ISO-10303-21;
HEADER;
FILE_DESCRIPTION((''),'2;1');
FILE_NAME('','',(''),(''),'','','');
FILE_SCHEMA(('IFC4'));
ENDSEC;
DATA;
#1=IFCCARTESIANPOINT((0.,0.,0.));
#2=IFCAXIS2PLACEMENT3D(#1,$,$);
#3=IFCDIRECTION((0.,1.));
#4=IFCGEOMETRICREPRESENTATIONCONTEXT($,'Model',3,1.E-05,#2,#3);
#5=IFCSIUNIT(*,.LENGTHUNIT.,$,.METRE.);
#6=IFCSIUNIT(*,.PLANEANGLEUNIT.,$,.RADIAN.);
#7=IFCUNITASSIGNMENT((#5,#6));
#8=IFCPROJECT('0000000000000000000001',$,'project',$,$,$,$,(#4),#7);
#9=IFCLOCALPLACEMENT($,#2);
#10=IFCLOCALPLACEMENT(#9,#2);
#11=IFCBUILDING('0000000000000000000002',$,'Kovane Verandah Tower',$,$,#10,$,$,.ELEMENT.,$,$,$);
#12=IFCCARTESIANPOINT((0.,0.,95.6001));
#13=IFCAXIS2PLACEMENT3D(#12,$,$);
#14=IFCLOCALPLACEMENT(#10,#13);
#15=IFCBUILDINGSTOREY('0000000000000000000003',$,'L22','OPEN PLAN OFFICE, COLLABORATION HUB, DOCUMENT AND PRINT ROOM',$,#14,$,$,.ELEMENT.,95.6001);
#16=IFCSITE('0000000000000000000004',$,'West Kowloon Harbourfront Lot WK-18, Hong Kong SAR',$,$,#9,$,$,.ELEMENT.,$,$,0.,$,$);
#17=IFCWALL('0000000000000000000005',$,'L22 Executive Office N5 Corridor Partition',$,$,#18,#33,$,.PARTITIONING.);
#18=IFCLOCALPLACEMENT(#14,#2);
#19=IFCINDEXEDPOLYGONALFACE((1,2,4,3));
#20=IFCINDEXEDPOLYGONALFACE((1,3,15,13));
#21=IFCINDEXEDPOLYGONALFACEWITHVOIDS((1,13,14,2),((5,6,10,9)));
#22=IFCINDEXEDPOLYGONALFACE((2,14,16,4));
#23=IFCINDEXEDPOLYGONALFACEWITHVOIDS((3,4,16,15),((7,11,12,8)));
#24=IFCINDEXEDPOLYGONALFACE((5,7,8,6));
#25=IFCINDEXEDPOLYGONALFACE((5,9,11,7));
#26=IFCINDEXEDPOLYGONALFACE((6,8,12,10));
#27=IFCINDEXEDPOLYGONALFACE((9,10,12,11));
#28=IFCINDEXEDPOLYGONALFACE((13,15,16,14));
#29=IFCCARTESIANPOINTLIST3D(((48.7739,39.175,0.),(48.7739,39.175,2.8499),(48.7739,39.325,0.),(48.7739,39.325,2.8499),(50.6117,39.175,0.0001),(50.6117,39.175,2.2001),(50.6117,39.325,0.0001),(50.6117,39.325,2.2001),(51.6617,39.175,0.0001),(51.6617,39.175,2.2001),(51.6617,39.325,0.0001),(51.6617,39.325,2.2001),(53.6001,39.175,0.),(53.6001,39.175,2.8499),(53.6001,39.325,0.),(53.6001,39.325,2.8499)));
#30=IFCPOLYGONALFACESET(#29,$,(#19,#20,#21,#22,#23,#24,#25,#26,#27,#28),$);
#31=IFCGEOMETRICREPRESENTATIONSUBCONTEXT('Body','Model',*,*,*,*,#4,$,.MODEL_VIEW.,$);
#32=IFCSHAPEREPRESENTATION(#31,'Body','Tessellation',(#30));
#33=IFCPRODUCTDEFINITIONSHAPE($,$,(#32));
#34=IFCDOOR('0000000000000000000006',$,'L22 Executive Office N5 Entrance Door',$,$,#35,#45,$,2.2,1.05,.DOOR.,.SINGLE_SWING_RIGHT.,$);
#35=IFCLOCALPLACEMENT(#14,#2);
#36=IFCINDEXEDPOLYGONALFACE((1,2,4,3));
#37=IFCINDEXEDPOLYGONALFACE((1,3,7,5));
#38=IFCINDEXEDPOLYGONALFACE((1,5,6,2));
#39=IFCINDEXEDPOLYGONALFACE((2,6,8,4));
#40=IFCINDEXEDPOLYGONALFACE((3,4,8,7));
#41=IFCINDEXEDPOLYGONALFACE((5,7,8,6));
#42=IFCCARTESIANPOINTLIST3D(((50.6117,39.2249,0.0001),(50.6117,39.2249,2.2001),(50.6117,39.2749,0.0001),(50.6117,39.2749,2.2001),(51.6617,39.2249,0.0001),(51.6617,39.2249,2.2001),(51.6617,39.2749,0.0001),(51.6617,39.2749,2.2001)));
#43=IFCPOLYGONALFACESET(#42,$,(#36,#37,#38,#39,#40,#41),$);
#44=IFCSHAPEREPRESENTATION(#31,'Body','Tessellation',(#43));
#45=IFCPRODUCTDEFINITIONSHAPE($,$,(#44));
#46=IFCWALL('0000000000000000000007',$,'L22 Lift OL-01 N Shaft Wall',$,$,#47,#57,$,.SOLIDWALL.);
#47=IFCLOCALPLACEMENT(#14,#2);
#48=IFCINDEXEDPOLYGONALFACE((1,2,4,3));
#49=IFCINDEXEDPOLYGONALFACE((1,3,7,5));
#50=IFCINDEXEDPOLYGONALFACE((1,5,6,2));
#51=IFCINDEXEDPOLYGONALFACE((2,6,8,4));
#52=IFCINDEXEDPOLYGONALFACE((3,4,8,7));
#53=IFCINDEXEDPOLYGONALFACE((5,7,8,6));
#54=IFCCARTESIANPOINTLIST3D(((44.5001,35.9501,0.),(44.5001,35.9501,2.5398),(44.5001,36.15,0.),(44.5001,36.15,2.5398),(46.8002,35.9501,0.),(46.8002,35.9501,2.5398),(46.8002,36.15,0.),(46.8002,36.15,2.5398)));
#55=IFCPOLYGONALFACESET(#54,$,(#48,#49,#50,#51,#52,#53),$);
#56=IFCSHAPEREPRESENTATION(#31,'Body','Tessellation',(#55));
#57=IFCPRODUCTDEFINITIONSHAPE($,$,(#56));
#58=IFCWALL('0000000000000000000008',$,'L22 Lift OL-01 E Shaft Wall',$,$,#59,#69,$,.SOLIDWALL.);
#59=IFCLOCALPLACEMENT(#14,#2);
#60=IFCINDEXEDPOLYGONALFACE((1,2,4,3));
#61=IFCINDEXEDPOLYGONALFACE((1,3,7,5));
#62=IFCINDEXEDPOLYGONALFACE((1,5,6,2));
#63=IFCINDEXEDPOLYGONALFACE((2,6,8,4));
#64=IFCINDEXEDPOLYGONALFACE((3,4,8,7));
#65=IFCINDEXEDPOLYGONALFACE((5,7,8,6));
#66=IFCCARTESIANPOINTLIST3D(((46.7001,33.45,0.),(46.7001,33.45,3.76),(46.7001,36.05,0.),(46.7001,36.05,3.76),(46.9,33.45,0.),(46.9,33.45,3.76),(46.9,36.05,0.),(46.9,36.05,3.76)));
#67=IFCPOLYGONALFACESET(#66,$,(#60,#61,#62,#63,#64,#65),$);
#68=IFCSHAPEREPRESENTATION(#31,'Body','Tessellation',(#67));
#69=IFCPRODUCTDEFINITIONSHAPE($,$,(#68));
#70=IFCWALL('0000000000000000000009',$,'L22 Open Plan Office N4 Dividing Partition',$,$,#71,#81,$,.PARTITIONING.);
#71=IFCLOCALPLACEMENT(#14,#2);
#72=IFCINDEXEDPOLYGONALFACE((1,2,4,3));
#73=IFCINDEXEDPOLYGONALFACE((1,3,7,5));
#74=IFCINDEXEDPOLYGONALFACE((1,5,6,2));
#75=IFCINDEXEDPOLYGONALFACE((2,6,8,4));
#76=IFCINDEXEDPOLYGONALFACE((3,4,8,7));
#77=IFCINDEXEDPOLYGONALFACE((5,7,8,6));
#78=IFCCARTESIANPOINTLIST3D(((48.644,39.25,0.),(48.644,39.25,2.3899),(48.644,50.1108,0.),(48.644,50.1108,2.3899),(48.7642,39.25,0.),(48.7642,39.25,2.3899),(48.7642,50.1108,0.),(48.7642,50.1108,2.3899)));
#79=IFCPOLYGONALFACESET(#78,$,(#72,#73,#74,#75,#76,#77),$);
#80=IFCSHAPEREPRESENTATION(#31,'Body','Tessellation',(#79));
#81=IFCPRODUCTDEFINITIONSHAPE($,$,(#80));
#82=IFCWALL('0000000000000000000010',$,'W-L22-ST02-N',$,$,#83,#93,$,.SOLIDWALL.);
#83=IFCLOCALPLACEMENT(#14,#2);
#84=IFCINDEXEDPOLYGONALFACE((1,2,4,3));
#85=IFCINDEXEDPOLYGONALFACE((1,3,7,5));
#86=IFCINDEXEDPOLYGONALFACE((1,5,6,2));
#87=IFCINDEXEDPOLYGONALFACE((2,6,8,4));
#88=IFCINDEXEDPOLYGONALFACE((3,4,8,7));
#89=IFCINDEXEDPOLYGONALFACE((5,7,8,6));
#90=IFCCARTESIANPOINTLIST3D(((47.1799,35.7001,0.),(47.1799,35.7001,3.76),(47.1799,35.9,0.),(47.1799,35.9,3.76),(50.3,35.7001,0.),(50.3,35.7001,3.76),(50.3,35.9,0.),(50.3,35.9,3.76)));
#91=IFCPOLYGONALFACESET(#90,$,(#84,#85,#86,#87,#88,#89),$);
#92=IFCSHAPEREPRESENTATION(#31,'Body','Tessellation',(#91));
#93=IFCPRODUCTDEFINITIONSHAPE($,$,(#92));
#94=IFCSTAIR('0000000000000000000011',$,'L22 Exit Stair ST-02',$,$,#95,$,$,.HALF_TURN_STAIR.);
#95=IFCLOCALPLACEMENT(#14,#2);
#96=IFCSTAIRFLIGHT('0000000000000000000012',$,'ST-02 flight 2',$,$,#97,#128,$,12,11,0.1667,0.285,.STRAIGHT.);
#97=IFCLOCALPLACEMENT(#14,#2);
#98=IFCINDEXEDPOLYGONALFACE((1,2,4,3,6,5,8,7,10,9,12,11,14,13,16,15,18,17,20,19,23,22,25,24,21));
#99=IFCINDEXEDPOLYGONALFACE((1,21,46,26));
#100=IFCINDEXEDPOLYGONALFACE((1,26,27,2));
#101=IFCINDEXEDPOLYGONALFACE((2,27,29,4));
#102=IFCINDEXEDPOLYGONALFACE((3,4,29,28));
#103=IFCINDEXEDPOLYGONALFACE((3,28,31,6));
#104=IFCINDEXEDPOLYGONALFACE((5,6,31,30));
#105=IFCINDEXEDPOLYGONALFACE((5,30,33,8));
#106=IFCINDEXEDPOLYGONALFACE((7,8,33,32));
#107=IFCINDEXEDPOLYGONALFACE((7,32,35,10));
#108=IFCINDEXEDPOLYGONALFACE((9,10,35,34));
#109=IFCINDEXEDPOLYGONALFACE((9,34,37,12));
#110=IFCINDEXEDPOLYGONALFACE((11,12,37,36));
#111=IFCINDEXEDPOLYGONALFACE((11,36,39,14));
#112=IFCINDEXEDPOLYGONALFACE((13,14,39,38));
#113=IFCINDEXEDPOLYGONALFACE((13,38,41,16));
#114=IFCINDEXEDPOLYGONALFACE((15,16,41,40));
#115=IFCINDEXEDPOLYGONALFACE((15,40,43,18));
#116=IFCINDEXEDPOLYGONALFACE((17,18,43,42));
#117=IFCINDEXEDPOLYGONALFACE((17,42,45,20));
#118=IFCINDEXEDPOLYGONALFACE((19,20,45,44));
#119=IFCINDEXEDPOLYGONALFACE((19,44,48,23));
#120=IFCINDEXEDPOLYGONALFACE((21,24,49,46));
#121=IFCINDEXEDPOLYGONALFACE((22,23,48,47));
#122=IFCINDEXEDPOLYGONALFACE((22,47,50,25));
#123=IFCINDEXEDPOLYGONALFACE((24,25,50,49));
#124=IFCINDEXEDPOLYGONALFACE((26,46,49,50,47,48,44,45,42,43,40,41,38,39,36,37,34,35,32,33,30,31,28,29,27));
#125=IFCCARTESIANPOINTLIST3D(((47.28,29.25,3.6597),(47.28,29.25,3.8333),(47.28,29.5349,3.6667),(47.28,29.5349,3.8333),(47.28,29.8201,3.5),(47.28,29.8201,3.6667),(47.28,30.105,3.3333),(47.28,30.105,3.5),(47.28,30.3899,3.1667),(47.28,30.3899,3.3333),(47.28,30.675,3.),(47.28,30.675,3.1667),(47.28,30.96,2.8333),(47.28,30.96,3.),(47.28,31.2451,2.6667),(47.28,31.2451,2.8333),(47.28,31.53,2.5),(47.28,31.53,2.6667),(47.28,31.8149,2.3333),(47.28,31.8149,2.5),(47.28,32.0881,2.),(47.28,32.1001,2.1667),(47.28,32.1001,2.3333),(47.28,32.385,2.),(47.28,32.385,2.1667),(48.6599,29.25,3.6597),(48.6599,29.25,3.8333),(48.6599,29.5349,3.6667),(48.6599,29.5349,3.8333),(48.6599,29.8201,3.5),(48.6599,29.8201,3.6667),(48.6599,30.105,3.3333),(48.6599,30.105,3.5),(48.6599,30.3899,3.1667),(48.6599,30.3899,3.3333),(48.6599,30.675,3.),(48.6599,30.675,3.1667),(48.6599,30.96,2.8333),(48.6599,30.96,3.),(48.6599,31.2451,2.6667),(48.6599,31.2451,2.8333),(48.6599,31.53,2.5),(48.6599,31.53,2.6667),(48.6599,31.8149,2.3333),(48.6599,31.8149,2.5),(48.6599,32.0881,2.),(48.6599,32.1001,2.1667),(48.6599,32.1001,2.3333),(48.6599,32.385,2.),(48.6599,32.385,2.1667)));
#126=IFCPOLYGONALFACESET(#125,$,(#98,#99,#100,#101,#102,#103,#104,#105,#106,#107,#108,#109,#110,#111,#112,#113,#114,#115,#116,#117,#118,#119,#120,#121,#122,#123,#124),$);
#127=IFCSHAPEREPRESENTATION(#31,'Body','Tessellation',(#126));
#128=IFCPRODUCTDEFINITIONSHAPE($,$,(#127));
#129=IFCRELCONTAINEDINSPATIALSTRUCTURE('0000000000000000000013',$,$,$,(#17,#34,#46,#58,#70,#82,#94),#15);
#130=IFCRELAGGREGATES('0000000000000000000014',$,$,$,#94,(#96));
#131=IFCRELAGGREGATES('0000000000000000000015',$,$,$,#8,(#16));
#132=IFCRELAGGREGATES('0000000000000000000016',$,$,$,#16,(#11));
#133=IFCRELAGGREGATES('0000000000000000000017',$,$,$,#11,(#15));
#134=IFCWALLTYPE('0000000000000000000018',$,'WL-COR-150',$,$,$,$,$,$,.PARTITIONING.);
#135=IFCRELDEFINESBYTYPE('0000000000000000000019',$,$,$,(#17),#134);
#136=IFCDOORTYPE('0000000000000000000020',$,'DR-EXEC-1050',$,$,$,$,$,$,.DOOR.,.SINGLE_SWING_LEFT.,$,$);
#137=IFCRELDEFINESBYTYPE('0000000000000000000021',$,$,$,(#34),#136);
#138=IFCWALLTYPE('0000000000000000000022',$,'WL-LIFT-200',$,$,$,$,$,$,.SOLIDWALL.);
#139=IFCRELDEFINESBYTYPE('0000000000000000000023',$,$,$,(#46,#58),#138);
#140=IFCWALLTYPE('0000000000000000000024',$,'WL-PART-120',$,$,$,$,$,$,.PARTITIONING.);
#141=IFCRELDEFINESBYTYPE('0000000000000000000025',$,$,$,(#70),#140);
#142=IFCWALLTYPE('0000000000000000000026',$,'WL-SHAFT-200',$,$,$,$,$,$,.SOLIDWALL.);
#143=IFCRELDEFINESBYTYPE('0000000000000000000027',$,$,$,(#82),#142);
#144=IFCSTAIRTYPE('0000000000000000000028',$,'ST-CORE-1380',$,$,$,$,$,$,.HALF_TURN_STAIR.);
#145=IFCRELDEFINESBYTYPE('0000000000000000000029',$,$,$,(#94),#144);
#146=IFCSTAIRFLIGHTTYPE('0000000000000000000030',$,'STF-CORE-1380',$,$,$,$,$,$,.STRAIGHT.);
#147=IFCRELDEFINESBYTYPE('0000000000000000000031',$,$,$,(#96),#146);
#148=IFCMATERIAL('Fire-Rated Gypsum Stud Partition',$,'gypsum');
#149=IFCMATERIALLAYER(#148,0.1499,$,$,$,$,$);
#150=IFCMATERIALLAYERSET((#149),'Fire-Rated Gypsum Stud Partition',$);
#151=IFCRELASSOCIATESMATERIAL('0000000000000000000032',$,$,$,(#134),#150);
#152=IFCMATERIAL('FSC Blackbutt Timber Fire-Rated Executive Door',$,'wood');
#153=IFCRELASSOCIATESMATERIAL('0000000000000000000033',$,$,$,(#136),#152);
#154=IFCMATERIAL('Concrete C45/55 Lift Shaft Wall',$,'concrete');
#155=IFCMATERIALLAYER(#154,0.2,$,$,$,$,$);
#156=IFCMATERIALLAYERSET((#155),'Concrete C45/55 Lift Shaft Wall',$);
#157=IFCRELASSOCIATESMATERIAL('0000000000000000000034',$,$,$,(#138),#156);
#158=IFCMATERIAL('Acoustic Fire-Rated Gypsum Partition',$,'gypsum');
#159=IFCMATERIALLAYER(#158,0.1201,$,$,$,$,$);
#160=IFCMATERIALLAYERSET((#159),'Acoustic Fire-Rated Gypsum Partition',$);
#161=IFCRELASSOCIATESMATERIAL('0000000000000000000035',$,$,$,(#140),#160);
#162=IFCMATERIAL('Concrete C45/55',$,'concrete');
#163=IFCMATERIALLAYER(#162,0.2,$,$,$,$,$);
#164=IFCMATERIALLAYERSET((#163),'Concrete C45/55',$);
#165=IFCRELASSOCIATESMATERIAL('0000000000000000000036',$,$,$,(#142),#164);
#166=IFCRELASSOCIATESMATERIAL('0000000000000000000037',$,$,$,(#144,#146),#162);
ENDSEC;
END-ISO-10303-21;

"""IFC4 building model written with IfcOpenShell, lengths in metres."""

from ifc_helpers import new_model, si_unit, direction, frame, frame_2d, origin, place, context, subcontext, project, spatial, polyline, rectangle, outline, extrude, material, layer, layer_set, type_object, element, fill, aggregate, save


model = new_model("IFC4")

# Units and contexts
model_context = context("Model", 3, precision=1e-05, world=origin(), true_north=direction((0.0, 1.0)))
body_context = subcontext(model_context, "Body", "Model", "MODEL_VIEW")
ifc_project = project(units=[si_unit("LENGTHUNIT", "METRE"), si_unit("PLANEANGLEUNIT", "RADIAN")], contexts=[model_context])

# Site, building, storey
site_placement = place(None, origin())
site = spatial("IfcSite", under=ifc_project, at=site_placement, Name="West Kowloon Harbourfront Lot WK-18, Hong Kong SAR", CompositionType="ELEMENT", RefElevation=0.0)
building_placement = place(site_placement, origin())
building = spatial("IfcBuilding", under=site, at=building_placement, Name="Kovane Verandah Tower", CompositionType="ELEMENT")
storey_placement = place(building_placement, frame((0.0, 0.0, 95.6001)))
storey = spatial("IfcBuildingStorey", under=building, at=storey_placement, Name="L22", Description="OPEN PLAN OFFICE, COLLABORATION HUB, DOCUMENT AND PRINT ROOM", CompositionType="ELEMENT", Elevation=95.6001)

# Wall, opening, door
ifc_material_1 = material(Name="Fire-Rated Gypsum Stud Partition", Category="gypsum")
ifc_layer_1 = layer(ifc_material_1, 0.1499)
ifc_layer_set_1 = layer_set([ifc_layer_1], Name="Fire-Rated Gypsum Stud Partition")
wall_type_1 = type_object("IfcWallType", Name="WL-COR-150", PredefinedType="PARTITIONING", material=ifc_layer_set_1)
wall_1_placement = place(storey_placement, frame((48.7739, 39.25, 0.0), z_axis=(0.0, 0.0, 1.0), x_axis=(1.0, 0.0, 0.0)))
wall_1 = element("IfcWall", 1, at=wall_1_placement, inside=storey, type_object=wall_type_1, Name="L22 Executive Office N5 Corridor Partition", PredefinedType="PARTITIONING", context=body_context, shape_type="SweptSolid", body=[
    extrude(rectangle(XDim=4.8262, YDim=0.1499, at=frame_2d((2.4131, 0.0))), origin(), (0.0, 0.0, 1.0), 2.8499),
])
opening_placement = place(wall_1_placement, frame((1.8379, 0.0, 0.0)))
opening = element("IfcOpeningElement", 2, at=opening_placement, cuts=wall_1, PredefinedType="OPENING", context=body_context, shape_type="SweptSolid", body=[
    extrude(rectangle(XDim=1.05, YDim=2.2, at=frame_2d((0.5249, 1.1001))), frame((0.0, 0.075, 0.0), z_axis=(0.0, -1.0, 0.0), x_axis=(1.0, 0.0, 0.0)), (0.0, 0.0, 1.0), 0.1499),
])
ifc_material_2 = material(Name="FSC Blackbutt Timber Fire-Rated Executive Door", Category="wood")
door_type = type_object("IfcDoorType", Name="DR-EXEC-1050", OperationType="SINGLE_SWING_LEFT", PredefinedType="DOOR", material=ifc_material_2)
door_placement = place(opening_placement, origin())
door = element("IfcDoor", 3, at=door_placement, inside=storey, type_object=door_type, Name="L22 Executive Office N5 Entrance Door", OperationType="SINGLE_SWING_RIGHT", OverallHeight=2.2, OverallWidth=1.05, PredefinedType="DOOR", context=body_context, shape_type="SweptSolid", body=[
    extrude(rectangle(XDim=1.05, YDim=2.2, at=frame_2d((0.5249, 1.1001))), frame((0.0, 0.0249, 0.0), z_axis=(0.0, -1.0, 0.0), x_axis=(1.0, 0.0, 0.0)), (0.0, 0.0, 1.0), 0.05),
])
fill(opening, door)

# Walls
ifc_material_3 = material(Name="Concrete C45/55 Lift Shaft Wall", Category="concrete")
ifc_layer_2 = layer(ifc_material_3, 0.2)
ifc_layer_set_2 = layer_set([ifc_layer_2], Name="Concrete C45/55 Lift Shaft Wall")
wall_type_2 = type_object("IfcWallType", Name="WL-LIFT-200", PredefinedType="SOLIDWALL", material=ifc_layer_set_2)
wall_2_placement = place(storey_placement, frame((46.8, 36.05, 0.0), z_axis=(0.0, 0.0, 1.0), x_axis=(-1.0, 0.0, 0.0)))
element("IfcWall", 4, at=wall_2_placement, inside=storey, type_object=wall_type_2, Name="L22 Lift OL-01 N Shaft Wall", PredefinedType="SOLIDWALL", context=body_context, shape_type="SweptSolid", body=[
    extrude(rectangle(XDim=2.3, YDim=0.2, at=frame_2d((1.1499, 0.0))), origin(), (0.0, 0.0, 1.0), 2.5398),
])
wall_3_placement = place(storey_placement, frame((46.8, 33.45, 0.0), z_axis=(0.0, 0.0, 1.0), x_axis=(0.0, 1.0, 0.0)))
element("IfcWall", 5, at=wall_3_placement, inside=storey, type_object=wall_type_2, Name="L22 Lift OL-01 E Shaft Wall", PredefinedType="SOLIDWALL", context=body_context, shape_type="SweptSolid", body=[
    extrude(rectangle(XDim=2.6001, YDim=0.2, at=frame_2d((1.3, 0.0))), origin(), (0.0, 0.0, 1.0), 3.76),
])
ifc_material_4 = material(Name="Acoustic Fire-Rated Gypsum Partition", Category="gypsum")
ifc_layer_3 = layer(ifc_material_4, 0.1201)
ifc_layer_set_3 = layer_set([ifc_layer_3], Name="Acoustic Fire-Rated Gypsum Partition")
wall_type_3 = type_object("IfcWallType", Name="WL-PART-120", PredefinedType="PARTITIONING", material=ifc_layer_set_3)
wall_4_placement = place(storey_placement, frame((48.7041, 39.25, 0.0), z_axis=(0.0, 0.0, 1.0), x_axis=(0.0, 1.0, 0.0)))
element("IfcWall", 6, at=wall_4_placement, inside=storey, type_object=wall_type_3, Name="L22 Open Plan Office N4 Dividing Partition", PredefinedType="PARTITIONING", context=body_context, shape_type="SweptSolid", body=[
    extrude(rectangle(XDim=10.8608, YDim=0.1201, at=frame_2d((5.4304, 0.0))), origin(), (0.0, 0.0, 1.0), 2.3899),
])
ifc_material_5 = material(Name="Concrete C45/55", Category="concrete")
ifc_layer_4 = layer(ifc_material_5, 0.2)
ifc_layer_set_4 = layer_set([ifc_layer_4], Name="Concrete C45/55")
wall_type_4 = type_object("IfcWallType", Name="WL-SHAFT-200", PredefinedType="SOLIDWALL", material=ifc_layer_set_4)
wall_5_placement = place(storey_placement, frame((47.1799, 35.8, 0.0), z_axis=(0.0, 0.0, 1.0), x_axis=(1.0, 0.0, 0.0)))
element("IfcWall", 7, at=wall_5_placement, inside=storey, type_object=wall_type_4, Name="W-L22-ST02-N", PredefinedType="SOLIDWALL", context=body_context, shape_type="SweptSolid", body=[
    extrude(rectangle(XDim=3.1201, YDim=0.2, at=frame_2d((1.5601, 0.0))), origin(), (0.0, 0.0, 1.0), 3.76),
])

# Stair, stair flight
stair_type = type_object("IfcStairType", Name="ST-CORE-1380", PredefinedType="HALF_TURN_STAIR", material=ifc_material_5)
stair_placement = place(storey_placement, origin())
stair = element("IfcStair", 8, at=stair_placement, inside=storey, type_object=stair_type, Name="L22 Exit Stair ST-02", PredefinedType="HALF_TURN_STAIR")
stair_flight_type = type_object("IfcStairFlightType", Name="STF-CORE-1380", PredefinedType="STRAIGHT", material=ifc_material_5)
stair_flight_placement = place(storey_placement, frame((47.97, 32.385, 2.0), z_axis=(0.0, 0.0, 1.0), x_axis=(0.0, -1.0, 0.0)))
stair_flight = element("IfcStairFlight", 9, at=stair_flight_placement, type_object=stair_flight_type, Name="ST-02 flight 2", NumberOfRisers=12, NumberOfTreads=11, PredefinedType="STRAIGHT", RiserHeight=0.1667, TreadLength=0.285, context=body_context, shape_type="SweptSolid", body=[
    extrude(outline(polyline([(0.0, 0.0), (0.0, 0.1667), (0.2849, 0.1667), (0.2849, 0.3333), (0.5701, 0.3333), (0.5701, 0.5), (0.855, 0.5), (0.855, 0.6667), (1.1399, 0.6667), (1.1399, 0.8333), (1.425, 0.8333), (1.425, 1.0), (1.71, 1.0), (1.71, 1.1667), (1.9951, 1.1667), (1.9951, 1.3333), (2.28, 1.3333), (2.28, 1.5), (2.5649, 1.5), (2.5649, 1.6667), (2.8501, 1.6667), (2.8501, 1.8333), (3.135, 1.8333), (3.135, 2.0), (3.135, 1.6597), (0.2969, 0.0), (0.0, 0.0)])), frame((0.0, 0.6899, 0.0), z_axis=(0.0, -1.0, 0.0), x_axis=(1.0, 0.0, 0.0)), (0.0, 0.0, 1.0), 1.3799),
])
aggregate(stair, [stair_flight])

save(model, "model.ifc")
